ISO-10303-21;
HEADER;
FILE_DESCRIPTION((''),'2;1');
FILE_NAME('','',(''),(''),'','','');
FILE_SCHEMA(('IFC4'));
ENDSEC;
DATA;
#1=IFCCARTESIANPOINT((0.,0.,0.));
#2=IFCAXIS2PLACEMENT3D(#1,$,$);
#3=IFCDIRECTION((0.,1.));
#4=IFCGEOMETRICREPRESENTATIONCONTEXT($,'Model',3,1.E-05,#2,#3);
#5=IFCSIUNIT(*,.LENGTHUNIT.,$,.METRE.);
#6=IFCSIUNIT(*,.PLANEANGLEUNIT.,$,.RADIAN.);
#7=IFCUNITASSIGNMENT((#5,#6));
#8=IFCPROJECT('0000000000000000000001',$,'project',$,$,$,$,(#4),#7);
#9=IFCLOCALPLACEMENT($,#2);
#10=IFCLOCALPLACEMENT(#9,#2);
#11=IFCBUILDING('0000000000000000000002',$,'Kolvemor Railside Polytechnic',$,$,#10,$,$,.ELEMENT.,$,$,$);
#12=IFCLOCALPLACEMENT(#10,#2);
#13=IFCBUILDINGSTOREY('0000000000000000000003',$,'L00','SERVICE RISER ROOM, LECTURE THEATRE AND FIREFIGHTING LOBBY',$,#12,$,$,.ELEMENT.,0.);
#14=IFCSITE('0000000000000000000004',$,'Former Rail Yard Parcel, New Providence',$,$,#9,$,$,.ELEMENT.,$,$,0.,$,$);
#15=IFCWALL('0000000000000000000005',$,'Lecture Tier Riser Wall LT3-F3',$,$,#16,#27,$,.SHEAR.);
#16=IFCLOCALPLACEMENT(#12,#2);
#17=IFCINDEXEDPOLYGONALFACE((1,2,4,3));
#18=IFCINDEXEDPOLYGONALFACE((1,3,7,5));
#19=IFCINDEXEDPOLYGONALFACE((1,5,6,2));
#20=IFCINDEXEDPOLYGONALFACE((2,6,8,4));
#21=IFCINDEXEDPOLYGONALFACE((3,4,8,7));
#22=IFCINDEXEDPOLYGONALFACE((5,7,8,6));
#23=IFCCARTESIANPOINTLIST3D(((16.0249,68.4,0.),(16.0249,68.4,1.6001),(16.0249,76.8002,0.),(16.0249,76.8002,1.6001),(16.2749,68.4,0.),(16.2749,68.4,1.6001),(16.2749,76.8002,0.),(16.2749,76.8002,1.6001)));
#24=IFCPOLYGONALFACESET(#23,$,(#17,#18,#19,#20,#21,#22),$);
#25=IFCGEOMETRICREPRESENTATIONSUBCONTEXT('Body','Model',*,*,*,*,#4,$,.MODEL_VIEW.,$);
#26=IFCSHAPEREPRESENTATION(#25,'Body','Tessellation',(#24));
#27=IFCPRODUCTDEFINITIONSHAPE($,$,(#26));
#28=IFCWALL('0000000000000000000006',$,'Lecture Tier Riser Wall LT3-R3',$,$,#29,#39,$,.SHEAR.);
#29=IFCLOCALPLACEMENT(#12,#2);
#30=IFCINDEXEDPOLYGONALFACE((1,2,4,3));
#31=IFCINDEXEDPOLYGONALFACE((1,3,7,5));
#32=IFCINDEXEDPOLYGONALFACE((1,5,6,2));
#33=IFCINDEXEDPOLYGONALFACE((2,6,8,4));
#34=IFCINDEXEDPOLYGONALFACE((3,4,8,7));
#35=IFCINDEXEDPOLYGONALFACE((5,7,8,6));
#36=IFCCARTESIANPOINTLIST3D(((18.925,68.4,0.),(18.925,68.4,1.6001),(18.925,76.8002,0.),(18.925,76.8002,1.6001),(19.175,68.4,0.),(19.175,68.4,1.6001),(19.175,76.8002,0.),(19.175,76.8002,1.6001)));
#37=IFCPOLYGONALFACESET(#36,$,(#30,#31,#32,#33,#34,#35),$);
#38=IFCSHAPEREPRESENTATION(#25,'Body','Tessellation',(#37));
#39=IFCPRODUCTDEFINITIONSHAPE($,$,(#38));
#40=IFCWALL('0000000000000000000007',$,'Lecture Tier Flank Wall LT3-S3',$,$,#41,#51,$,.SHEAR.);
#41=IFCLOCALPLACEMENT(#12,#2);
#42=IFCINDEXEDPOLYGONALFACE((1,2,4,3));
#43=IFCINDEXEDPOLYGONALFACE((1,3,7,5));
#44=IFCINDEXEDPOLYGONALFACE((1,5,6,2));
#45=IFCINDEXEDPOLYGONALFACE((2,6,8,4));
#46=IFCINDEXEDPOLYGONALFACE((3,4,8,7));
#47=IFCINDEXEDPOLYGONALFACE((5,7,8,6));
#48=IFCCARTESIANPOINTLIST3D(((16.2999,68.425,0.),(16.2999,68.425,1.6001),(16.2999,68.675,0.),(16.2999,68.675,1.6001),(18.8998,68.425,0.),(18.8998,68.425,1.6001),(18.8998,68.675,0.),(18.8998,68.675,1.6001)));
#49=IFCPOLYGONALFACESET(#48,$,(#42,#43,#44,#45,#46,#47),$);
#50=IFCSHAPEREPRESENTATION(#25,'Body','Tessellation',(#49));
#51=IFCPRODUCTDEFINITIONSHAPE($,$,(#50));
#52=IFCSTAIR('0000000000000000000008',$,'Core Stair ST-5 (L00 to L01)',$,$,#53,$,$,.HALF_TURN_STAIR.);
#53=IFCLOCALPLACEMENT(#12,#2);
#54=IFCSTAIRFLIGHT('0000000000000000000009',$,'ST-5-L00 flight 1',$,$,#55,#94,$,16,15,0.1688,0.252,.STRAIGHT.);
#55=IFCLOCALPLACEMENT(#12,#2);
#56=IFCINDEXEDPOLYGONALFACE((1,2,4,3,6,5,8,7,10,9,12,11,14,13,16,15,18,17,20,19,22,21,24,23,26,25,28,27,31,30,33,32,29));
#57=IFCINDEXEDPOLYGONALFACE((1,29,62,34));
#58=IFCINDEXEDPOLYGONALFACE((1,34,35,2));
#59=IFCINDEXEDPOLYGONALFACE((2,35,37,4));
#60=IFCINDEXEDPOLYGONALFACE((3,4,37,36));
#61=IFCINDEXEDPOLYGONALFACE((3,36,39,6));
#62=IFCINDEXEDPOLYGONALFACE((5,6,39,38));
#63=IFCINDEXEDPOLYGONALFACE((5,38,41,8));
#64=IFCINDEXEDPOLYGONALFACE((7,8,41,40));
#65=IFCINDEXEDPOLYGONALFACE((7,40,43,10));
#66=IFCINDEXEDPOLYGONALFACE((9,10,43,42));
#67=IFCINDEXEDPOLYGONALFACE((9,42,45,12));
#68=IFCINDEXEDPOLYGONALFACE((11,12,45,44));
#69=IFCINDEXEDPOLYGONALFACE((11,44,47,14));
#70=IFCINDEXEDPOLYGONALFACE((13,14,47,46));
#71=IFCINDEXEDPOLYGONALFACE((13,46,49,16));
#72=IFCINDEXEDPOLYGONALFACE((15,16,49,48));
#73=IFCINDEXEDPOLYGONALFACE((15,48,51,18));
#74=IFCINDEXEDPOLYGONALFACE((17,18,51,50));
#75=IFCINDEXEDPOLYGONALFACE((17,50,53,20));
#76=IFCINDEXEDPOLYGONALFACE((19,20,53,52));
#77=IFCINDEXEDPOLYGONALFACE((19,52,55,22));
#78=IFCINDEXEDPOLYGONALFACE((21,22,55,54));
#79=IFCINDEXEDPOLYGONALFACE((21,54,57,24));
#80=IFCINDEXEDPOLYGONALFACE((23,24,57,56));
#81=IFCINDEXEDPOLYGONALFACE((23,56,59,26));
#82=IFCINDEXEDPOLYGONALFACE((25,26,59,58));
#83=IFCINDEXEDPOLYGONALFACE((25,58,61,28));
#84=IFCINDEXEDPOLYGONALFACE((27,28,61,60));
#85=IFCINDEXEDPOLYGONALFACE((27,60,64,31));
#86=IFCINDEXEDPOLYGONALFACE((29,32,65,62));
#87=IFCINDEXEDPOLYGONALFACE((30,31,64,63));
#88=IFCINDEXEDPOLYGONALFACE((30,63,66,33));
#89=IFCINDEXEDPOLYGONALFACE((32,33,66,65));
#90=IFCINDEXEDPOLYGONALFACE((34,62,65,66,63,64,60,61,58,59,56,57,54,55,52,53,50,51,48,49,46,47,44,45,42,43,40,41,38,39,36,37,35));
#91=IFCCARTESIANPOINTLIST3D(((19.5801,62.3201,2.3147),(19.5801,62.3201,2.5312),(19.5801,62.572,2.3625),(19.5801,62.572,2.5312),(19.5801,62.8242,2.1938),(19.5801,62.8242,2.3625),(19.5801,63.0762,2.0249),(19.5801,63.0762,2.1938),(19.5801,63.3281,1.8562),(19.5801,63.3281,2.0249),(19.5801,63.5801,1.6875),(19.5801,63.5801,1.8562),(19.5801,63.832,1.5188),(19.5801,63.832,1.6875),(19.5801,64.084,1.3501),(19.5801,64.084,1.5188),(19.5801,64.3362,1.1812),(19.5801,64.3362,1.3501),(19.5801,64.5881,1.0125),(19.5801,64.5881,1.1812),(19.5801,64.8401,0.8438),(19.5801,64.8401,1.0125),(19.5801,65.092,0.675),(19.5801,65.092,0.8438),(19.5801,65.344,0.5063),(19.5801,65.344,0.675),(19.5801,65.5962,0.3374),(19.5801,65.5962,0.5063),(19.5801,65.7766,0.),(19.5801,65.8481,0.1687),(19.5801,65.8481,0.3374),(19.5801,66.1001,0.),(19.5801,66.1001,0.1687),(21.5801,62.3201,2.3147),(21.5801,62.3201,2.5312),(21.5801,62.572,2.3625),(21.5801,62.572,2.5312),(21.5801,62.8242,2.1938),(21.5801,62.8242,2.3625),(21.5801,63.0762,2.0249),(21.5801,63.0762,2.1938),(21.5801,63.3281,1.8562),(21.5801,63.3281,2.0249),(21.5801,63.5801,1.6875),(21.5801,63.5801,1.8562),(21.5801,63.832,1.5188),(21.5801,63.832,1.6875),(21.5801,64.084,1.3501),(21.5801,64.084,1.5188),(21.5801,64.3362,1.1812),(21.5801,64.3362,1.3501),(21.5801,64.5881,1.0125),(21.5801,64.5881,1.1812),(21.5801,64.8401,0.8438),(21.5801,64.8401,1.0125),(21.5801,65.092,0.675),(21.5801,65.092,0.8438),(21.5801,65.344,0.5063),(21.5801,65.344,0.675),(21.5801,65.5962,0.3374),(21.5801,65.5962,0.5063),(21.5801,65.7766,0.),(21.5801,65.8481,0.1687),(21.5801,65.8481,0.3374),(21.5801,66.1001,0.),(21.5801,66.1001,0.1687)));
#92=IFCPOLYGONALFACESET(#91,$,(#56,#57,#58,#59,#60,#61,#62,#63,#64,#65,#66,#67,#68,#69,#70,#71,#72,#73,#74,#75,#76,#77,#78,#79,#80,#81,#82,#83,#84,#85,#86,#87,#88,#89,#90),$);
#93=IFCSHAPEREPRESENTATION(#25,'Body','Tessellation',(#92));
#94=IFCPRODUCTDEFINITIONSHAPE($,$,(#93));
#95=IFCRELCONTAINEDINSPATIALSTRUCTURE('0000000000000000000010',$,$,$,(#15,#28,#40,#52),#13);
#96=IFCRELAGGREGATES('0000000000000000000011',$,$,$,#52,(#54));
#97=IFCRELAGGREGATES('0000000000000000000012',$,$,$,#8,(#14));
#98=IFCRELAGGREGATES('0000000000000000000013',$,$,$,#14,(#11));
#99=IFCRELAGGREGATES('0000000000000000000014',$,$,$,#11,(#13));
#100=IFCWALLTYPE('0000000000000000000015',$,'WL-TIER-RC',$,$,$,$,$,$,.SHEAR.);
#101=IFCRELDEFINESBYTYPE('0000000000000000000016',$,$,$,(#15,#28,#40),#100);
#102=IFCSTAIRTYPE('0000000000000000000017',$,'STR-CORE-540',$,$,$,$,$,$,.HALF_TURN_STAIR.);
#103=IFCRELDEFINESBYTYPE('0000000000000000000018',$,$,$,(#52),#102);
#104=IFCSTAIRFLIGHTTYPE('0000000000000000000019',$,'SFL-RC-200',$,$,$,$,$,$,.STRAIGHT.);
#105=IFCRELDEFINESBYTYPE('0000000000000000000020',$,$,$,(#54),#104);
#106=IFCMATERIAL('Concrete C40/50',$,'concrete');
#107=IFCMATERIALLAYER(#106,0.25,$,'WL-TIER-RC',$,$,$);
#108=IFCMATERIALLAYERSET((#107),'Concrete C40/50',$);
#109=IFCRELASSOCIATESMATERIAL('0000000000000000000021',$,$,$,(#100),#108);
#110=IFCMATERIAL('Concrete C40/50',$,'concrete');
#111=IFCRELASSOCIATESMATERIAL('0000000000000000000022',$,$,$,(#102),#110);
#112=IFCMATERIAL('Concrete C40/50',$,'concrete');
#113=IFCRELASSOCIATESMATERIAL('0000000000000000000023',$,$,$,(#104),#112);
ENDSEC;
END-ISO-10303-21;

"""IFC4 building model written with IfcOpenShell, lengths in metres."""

from ifc_helpers import new_model, si_unit, direction, frame, frame_2d, origin, place, context, subcontext, project, spatial, polyline, rectangle, outline, extrude, material, layer, layer_set, type_object, element, aggregate, save


model = new_model("IFC4")

# Units and contexts
model_context = context("Model", 3, precision=1e-05, world=origin(), true_north=direction((0.0, 1.0)))
body_context = subcontext(model_context, "Body", "Model", "MODEL_VIEW")
ifc_project = project(units=[si_unit("LENGTHUNIT", "METRE"), si_unit("PLANEANGLEUNIT", "RADIAN")], contexts=[model_context])

# Site, building, storey
site_placement = place(None, origin())
site = spatial("IfcSite", under=ifc_project, at=site_placement, Name="Former Rail Yard Parcel, New Providence", CompositionType="ELEMENT", RefElevation=0.0)
building_placement = place(site_placement, origin())
building = spatial("IfcBuilding", under=site, at=building_placement, Name="Kolvemor Railside Polytechnic", CompositionType="ELEMENT")
storey_placement = place(building_placement, origin())
storey = spatial("IfcBuildingStorey", under=building, at=storey_placement, Name="L00", Description="SERVICE RISER ROOM, LECTURE THEATRE AND FIREFIGHTING LOBBY", CompositionType="ELEMENT", Elevation=0.0)

# Walls
ifc_material_1 = material(Name="Concrete C40/50", Category="concrete")
ifc_layer_1 = layer(ifc_material_1, 0.25, Name="WL-TIER-RC")
ifc_layer_set_1 = layer_set([ifc_layer_1], Name="Concrete C40/50")
wall_type_1 = type_object("IfcWallType", Name="WL-TIER-RC", PredefinedType="SHEAR", material=ifc_layer_set_1)
for number, where, z_axis, x_axis, name in (
    (1, (16.1499, 68.3999, 0.0), (0.0, 0.0, 1.0), (0.0, 1.0, 0.0), "Lecture Tier Riser Wall LT3-F3"),
    (2, (19.05, 68.3999, 0.0), (0.0, 0.0, 1.0), (0.0, 1.0, 0.0), "Lecture Tier Riser Wall LT3-R3"),
):
    element("IfcWall", number, at=place(storey_placement, frame(where, z_axis=z_axis, x_axis=x_axis)), inside=storey, type_object=wall_type_1, Name=name, PredefinedType="SHEAR", context=body_context, shape_type="SweptSolid", body=[
        extrude(rectangle(XDim=8.4001, YDim=0.25, at=frame_2d((4.2002, 0.0))), origin(), (0.0, 0.0, 1.0), 1.6001),
    ])
wall_1_placement = place(storey_placement, frame((16.3, 68.55, 0.0), z_axis=(0.0, 0.0, 1.0), x_axis=(1.0, 0.0, 0.0)))
element("IfcWall", 3, at=wall_1_placement, inside=storey, type_object=wall_type_1, Name="Lecture Tier Flank Wall LT3-S3", PredefinedType="SHEAR", context=body_context, shape_type="SweptSolid", body=[
    extrude(rectangle(XDim=2.5999, YDim=0.25, at=frame_2d((1.2998, 0.0))), origin(), (0.0, 0.0, 1.0), 1.6001),
])

# Stair, stair flight
ifc_material_2 = material(Name="Concrete C40/50", Category="concrete")
stair_type = type_object("IfcStairType", Name="STR-CORE-540", PredefinedType="HALF_TURN_STAIR", material=ifc_material_2)
stair_placement = place(storey_placement, origin())
stair = element("IfcStair", 4, at=stair_placement, inside=storey, type_object=stair_type, Name="Core Stair ST-5 (L00 to L01)", PredefinedType="HALF_TURN_STAIR")
ifc_material_3 = material(Name="Concrete C40/50", Category="concrete")
stair_flight_type = type_object("IfcStairFlightType", Name="SFL-RC-200", PredefinedType="STRAIGHT", material=ifc_material_3)
stair_flight_placement = place(storey_placement, frame((20.5801, 66.1001, 0.0), z_axis=(0.0, 0.0, 1.0), x_axis=(0.0, -1.0, 0.0)))
stair_flight = element("IfcStairFlight", 5, at=stair_flight_placement, type_object=stair_flight_type, Name="ST-5-L00 flight 1", NumberOfRisers=16, NumberOfTreads=15, PredefinedType="STRAIGHT", RiserHeight=0.1688, TreadLength=0.252, context=body_context, shape_type="SweptSolid", body=[
    extrude(outline(polyline([(0.0, 0.0), (0.0, 0.1687), (0.252, 0.1687), (0.252, 0.3374), (0.5039, 0.3374), (0.5039, 0.5063), (0.7561, 0.5063), (0.7561, 0.675), (1.0081, 0.675), (1.0081, 0.8438), (1.26, 0.8438), (1.26, 1.0125), (1.512, 1.0125), (1.512, 1.1812), (1.7639, 1.1812), (1.7639, 1.3501), (2.0161, 1.3501), (2.0161, 1.5188), (2.2681, 1.5188), (2.2681, 1.6875), (2.52, 1.6875), (2.52, 1.8562), (2.772, 1.8562), (2.772, 2.0249), (3.0239, 2.0249), (3.0239, 2.1938), (3.2759, 2.1938), (3.2759, 2.3625), (3.5281, 2.3625), (3.5281, 2.5312), (3.78, 2.5312), (3.78, 2.7), (3.78, 2.3147), (0.3235, 0.0), (0.0, 0.0)])), frame((0.0, 1.0, 0.0), z_axis=(0.0, -1.0, 0.0), x_axis=(1.0, 0.0, 0.0)), (0.0, 0.0, 1.0), 2.0),
])
aggregate(stair, [stair_flight])

save(model, "model.ifc")
